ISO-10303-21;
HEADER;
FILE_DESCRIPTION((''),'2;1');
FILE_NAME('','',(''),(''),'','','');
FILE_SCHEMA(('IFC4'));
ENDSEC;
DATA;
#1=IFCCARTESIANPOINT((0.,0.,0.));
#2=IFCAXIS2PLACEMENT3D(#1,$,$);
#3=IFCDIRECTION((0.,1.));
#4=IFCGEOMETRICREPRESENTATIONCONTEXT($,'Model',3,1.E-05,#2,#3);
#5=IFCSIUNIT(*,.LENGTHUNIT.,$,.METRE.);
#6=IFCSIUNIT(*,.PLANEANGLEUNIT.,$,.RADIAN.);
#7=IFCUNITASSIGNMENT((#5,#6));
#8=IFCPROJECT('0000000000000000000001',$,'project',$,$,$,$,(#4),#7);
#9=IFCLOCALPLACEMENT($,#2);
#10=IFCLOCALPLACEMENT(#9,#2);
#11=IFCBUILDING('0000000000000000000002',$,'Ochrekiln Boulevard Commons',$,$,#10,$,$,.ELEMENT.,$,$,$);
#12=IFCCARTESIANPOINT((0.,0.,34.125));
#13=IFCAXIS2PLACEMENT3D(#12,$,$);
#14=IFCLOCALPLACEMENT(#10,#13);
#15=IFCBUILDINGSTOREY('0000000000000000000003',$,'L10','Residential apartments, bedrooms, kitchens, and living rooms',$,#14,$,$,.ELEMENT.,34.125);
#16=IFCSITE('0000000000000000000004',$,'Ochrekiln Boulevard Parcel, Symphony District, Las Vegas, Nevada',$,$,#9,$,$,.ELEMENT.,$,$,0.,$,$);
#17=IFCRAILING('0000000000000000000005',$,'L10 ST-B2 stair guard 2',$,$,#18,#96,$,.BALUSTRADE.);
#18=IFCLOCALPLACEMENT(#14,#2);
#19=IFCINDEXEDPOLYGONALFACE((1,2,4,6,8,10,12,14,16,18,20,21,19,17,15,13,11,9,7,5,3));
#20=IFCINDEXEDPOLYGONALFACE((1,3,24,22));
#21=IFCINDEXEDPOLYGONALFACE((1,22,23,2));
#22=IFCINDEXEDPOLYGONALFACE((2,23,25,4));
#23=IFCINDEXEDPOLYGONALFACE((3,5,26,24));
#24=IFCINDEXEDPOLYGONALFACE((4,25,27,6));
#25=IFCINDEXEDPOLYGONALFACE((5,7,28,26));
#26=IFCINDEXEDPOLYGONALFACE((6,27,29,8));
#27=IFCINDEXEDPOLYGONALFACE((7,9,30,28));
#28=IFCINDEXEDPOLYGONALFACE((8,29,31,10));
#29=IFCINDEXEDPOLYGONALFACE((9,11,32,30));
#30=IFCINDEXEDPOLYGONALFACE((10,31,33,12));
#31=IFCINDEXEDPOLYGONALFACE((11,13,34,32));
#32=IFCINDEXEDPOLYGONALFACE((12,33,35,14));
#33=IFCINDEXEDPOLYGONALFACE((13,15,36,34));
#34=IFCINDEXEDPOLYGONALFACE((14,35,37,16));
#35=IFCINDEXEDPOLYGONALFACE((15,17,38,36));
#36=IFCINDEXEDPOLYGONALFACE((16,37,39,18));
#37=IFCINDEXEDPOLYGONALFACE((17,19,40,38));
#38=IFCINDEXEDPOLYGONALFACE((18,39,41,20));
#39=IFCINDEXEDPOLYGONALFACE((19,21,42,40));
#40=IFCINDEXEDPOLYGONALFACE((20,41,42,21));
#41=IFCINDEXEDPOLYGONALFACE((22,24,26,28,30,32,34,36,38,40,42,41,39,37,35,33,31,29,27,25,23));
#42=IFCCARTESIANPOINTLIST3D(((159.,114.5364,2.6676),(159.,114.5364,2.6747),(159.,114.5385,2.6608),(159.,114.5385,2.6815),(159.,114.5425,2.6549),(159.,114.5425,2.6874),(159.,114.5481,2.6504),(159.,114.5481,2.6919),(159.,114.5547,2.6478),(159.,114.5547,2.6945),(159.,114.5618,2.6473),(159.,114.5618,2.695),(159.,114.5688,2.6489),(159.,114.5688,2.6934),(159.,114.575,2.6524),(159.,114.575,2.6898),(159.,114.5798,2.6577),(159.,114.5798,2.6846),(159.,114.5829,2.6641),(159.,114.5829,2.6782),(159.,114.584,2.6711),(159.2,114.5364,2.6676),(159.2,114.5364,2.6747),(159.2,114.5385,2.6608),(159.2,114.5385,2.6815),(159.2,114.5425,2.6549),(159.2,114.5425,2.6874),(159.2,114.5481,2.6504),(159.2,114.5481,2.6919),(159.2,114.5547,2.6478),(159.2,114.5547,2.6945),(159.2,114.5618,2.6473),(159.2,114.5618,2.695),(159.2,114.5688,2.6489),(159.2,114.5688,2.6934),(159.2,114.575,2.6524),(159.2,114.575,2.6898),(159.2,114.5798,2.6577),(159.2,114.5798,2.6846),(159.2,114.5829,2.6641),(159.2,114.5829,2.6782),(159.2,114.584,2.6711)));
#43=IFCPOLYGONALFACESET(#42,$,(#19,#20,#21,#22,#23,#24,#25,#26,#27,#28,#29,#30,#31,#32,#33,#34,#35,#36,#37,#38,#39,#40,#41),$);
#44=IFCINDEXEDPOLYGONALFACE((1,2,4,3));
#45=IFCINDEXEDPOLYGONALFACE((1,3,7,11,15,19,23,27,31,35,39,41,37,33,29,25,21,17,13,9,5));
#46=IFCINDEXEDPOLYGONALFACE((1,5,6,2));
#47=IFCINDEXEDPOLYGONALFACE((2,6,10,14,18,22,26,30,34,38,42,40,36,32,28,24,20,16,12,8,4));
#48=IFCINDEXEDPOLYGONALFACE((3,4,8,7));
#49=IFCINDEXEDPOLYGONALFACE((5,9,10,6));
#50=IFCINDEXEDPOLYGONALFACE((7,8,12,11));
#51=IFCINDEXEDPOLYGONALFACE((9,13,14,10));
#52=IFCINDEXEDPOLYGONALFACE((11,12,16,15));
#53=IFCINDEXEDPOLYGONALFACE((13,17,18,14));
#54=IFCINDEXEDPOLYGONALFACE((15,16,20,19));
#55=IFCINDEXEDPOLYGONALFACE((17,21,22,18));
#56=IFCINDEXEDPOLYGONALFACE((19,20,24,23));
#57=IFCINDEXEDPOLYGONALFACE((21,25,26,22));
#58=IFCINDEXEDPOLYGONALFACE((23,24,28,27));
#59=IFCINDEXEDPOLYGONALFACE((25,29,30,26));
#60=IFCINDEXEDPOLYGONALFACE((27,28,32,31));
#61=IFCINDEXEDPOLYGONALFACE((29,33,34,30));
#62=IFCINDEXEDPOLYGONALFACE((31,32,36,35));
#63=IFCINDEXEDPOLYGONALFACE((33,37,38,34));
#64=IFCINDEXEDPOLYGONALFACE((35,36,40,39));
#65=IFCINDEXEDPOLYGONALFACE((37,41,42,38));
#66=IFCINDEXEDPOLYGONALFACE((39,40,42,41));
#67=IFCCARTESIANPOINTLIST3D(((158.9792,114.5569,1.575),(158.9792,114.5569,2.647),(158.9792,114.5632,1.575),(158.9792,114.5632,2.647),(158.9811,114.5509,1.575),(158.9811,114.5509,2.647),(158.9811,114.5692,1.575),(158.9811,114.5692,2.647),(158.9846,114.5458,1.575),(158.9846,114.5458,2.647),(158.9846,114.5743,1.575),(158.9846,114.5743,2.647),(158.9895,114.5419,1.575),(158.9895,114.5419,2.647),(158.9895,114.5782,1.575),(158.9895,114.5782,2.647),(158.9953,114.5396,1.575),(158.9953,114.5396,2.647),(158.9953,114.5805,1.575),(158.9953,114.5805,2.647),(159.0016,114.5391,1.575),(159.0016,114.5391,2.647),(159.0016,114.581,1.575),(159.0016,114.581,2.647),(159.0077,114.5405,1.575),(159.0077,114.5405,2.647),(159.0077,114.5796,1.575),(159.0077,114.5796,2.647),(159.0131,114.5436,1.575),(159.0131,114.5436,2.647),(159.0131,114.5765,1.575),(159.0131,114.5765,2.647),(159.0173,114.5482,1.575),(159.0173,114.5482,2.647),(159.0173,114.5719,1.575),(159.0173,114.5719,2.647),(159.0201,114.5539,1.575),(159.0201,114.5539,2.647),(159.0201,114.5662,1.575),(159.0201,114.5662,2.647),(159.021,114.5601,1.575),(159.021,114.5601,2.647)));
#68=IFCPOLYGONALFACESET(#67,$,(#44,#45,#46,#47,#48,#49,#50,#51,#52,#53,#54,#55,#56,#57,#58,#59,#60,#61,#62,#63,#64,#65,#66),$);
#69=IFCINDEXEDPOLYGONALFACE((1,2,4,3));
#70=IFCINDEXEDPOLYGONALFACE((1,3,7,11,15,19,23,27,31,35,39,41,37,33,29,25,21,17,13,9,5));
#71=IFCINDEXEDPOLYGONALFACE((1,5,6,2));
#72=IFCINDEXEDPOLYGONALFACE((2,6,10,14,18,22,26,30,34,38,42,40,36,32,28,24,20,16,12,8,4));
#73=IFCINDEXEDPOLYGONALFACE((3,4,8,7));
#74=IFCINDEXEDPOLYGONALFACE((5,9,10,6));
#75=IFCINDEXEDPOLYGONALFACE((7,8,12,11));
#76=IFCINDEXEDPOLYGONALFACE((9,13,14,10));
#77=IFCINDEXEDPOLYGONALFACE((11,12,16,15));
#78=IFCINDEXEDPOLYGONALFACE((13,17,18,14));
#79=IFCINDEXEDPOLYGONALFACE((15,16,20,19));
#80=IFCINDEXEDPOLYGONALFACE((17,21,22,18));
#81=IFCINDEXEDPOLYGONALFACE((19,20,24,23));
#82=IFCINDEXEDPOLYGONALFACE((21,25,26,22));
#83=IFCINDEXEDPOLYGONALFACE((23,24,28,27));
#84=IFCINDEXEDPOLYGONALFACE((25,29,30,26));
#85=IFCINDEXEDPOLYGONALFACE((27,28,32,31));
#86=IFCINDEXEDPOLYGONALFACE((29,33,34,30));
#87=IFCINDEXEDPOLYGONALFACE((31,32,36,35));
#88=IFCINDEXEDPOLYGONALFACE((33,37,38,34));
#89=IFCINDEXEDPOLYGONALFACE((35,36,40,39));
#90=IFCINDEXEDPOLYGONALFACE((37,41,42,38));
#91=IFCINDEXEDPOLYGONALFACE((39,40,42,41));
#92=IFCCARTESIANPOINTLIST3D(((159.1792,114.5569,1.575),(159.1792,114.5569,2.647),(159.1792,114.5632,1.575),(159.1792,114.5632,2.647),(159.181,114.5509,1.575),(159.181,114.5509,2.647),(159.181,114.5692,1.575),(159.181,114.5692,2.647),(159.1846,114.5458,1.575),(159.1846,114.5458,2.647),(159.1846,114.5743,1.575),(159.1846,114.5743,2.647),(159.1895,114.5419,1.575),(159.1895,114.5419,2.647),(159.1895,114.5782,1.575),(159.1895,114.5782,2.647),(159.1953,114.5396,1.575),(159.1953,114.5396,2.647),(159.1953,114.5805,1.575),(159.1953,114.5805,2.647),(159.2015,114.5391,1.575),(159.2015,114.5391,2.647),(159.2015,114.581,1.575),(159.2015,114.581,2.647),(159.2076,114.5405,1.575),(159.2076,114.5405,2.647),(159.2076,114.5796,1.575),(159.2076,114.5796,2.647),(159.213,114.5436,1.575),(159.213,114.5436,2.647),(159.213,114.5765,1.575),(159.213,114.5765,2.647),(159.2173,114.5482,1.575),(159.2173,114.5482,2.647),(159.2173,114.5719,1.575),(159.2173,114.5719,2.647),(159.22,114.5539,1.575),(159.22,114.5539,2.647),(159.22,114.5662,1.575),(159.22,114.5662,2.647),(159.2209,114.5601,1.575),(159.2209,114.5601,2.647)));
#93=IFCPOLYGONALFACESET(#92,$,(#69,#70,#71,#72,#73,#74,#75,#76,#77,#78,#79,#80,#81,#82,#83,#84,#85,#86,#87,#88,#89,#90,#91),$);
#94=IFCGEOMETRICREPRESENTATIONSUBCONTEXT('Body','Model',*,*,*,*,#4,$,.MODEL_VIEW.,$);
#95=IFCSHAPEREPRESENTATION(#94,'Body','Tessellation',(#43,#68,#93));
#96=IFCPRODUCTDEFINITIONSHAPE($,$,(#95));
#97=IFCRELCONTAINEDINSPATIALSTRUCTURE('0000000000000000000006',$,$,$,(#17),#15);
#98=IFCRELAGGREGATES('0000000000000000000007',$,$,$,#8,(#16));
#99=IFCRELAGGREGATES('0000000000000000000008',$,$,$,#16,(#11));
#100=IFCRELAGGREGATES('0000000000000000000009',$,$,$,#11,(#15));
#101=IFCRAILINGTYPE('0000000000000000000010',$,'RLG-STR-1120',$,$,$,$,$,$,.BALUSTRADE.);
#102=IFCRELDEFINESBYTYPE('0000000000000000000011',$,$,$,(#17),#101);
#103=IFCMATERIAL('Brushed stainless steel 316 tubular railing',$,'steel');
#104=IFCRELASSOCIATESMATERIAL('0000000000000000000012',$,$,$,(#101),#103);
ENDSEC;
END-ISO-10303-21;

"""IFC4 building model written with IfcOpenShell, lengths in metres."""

from ifc_helpers import new_model, si_unit, direction, frame, origin, origin_2d, place, context, subcontext, project, spatial, circle, extrude, material, type_object, element, save


model = new_model("IFC4")

# Units and contexts
model_context = context("Model", 3, precision=1e-05, world=origin(), true_north=direction((0.0, 1.0)))
body_context = subcontext(model_context, "Body", "Model", "MODEL_VIEW")
ifc_project = project(units=[si_unit("LENGTHUNIT", "METRE"), si_unit("PLANEANGLEUNIT", "RADIAN")], contexts=[model_context])

# Site, building, storey
site_placement = place(None, origin())
site = spatial("IfcSite", under=ifc_project, at=site_placement, Name="Ochrekiln Boulevard Parcel, Symphony District, Las Vegas, Nevada", CompositionType="ELEMENT", RefElevation=0.0)
building_placement = place(site_placement, origin())
building = spatial("IfcBuilding", under=site, at=building_placement, Name="Ochrekiln Boulevard Commons", CompositionType="ELEMENT")
storey_placement = place(building_placement, frame((0.0, 0.0, 34.125)))
storey = spatial("IfcBuildingStorey", under=building, at=storey_placement, Name="L10", Description="Residential apartments, bedrooms, kitchens, and living rooms", CompositionType="ELEMENT", Elevation=34.125)

# Railing
ifc_material_1 = material(Name="Brushed stainless steel 316 tubular railing", Category="steel")
railing_type_1 = type_object("IfcRailingType", Name="RLG-STR-1120", PredefinedType="BALUSTRADE", material=ifc_material_1)
railing_1_placement = place(storey_placement, frame((159.0, 114.5601, 1.575)))
element("IfcRailing", 1, at=railing_1_placement, inside=storey, type_object=railing_type_1, Name="L10 ST-B2 stair guard 2", PredefinedType="BALUSTRADE", context=body_context, shape_type="SweptSolid", body=[
    extrude(circle(Radius=0.0239, at=origin_2d()), frame((0.0, 0.0, 1.0962), z_axis=(1.0, 0.0, 0.0), x_axis=(0.0, 1.0, 0.0)), (0.0, 0.0, 1.0), 0.2),
    extrude(circle(Radius=0.021, at=origin_2d()), origin(), (0.0, 0.0, 1.0), 1.072),
    extrude(circle(Radius=0.021, at=origin_2d()), frame((0.2, 0.0, 0.0)), (0.0, 0.0, 1.0), 1.072),
])

save(model, "model.ifc")
